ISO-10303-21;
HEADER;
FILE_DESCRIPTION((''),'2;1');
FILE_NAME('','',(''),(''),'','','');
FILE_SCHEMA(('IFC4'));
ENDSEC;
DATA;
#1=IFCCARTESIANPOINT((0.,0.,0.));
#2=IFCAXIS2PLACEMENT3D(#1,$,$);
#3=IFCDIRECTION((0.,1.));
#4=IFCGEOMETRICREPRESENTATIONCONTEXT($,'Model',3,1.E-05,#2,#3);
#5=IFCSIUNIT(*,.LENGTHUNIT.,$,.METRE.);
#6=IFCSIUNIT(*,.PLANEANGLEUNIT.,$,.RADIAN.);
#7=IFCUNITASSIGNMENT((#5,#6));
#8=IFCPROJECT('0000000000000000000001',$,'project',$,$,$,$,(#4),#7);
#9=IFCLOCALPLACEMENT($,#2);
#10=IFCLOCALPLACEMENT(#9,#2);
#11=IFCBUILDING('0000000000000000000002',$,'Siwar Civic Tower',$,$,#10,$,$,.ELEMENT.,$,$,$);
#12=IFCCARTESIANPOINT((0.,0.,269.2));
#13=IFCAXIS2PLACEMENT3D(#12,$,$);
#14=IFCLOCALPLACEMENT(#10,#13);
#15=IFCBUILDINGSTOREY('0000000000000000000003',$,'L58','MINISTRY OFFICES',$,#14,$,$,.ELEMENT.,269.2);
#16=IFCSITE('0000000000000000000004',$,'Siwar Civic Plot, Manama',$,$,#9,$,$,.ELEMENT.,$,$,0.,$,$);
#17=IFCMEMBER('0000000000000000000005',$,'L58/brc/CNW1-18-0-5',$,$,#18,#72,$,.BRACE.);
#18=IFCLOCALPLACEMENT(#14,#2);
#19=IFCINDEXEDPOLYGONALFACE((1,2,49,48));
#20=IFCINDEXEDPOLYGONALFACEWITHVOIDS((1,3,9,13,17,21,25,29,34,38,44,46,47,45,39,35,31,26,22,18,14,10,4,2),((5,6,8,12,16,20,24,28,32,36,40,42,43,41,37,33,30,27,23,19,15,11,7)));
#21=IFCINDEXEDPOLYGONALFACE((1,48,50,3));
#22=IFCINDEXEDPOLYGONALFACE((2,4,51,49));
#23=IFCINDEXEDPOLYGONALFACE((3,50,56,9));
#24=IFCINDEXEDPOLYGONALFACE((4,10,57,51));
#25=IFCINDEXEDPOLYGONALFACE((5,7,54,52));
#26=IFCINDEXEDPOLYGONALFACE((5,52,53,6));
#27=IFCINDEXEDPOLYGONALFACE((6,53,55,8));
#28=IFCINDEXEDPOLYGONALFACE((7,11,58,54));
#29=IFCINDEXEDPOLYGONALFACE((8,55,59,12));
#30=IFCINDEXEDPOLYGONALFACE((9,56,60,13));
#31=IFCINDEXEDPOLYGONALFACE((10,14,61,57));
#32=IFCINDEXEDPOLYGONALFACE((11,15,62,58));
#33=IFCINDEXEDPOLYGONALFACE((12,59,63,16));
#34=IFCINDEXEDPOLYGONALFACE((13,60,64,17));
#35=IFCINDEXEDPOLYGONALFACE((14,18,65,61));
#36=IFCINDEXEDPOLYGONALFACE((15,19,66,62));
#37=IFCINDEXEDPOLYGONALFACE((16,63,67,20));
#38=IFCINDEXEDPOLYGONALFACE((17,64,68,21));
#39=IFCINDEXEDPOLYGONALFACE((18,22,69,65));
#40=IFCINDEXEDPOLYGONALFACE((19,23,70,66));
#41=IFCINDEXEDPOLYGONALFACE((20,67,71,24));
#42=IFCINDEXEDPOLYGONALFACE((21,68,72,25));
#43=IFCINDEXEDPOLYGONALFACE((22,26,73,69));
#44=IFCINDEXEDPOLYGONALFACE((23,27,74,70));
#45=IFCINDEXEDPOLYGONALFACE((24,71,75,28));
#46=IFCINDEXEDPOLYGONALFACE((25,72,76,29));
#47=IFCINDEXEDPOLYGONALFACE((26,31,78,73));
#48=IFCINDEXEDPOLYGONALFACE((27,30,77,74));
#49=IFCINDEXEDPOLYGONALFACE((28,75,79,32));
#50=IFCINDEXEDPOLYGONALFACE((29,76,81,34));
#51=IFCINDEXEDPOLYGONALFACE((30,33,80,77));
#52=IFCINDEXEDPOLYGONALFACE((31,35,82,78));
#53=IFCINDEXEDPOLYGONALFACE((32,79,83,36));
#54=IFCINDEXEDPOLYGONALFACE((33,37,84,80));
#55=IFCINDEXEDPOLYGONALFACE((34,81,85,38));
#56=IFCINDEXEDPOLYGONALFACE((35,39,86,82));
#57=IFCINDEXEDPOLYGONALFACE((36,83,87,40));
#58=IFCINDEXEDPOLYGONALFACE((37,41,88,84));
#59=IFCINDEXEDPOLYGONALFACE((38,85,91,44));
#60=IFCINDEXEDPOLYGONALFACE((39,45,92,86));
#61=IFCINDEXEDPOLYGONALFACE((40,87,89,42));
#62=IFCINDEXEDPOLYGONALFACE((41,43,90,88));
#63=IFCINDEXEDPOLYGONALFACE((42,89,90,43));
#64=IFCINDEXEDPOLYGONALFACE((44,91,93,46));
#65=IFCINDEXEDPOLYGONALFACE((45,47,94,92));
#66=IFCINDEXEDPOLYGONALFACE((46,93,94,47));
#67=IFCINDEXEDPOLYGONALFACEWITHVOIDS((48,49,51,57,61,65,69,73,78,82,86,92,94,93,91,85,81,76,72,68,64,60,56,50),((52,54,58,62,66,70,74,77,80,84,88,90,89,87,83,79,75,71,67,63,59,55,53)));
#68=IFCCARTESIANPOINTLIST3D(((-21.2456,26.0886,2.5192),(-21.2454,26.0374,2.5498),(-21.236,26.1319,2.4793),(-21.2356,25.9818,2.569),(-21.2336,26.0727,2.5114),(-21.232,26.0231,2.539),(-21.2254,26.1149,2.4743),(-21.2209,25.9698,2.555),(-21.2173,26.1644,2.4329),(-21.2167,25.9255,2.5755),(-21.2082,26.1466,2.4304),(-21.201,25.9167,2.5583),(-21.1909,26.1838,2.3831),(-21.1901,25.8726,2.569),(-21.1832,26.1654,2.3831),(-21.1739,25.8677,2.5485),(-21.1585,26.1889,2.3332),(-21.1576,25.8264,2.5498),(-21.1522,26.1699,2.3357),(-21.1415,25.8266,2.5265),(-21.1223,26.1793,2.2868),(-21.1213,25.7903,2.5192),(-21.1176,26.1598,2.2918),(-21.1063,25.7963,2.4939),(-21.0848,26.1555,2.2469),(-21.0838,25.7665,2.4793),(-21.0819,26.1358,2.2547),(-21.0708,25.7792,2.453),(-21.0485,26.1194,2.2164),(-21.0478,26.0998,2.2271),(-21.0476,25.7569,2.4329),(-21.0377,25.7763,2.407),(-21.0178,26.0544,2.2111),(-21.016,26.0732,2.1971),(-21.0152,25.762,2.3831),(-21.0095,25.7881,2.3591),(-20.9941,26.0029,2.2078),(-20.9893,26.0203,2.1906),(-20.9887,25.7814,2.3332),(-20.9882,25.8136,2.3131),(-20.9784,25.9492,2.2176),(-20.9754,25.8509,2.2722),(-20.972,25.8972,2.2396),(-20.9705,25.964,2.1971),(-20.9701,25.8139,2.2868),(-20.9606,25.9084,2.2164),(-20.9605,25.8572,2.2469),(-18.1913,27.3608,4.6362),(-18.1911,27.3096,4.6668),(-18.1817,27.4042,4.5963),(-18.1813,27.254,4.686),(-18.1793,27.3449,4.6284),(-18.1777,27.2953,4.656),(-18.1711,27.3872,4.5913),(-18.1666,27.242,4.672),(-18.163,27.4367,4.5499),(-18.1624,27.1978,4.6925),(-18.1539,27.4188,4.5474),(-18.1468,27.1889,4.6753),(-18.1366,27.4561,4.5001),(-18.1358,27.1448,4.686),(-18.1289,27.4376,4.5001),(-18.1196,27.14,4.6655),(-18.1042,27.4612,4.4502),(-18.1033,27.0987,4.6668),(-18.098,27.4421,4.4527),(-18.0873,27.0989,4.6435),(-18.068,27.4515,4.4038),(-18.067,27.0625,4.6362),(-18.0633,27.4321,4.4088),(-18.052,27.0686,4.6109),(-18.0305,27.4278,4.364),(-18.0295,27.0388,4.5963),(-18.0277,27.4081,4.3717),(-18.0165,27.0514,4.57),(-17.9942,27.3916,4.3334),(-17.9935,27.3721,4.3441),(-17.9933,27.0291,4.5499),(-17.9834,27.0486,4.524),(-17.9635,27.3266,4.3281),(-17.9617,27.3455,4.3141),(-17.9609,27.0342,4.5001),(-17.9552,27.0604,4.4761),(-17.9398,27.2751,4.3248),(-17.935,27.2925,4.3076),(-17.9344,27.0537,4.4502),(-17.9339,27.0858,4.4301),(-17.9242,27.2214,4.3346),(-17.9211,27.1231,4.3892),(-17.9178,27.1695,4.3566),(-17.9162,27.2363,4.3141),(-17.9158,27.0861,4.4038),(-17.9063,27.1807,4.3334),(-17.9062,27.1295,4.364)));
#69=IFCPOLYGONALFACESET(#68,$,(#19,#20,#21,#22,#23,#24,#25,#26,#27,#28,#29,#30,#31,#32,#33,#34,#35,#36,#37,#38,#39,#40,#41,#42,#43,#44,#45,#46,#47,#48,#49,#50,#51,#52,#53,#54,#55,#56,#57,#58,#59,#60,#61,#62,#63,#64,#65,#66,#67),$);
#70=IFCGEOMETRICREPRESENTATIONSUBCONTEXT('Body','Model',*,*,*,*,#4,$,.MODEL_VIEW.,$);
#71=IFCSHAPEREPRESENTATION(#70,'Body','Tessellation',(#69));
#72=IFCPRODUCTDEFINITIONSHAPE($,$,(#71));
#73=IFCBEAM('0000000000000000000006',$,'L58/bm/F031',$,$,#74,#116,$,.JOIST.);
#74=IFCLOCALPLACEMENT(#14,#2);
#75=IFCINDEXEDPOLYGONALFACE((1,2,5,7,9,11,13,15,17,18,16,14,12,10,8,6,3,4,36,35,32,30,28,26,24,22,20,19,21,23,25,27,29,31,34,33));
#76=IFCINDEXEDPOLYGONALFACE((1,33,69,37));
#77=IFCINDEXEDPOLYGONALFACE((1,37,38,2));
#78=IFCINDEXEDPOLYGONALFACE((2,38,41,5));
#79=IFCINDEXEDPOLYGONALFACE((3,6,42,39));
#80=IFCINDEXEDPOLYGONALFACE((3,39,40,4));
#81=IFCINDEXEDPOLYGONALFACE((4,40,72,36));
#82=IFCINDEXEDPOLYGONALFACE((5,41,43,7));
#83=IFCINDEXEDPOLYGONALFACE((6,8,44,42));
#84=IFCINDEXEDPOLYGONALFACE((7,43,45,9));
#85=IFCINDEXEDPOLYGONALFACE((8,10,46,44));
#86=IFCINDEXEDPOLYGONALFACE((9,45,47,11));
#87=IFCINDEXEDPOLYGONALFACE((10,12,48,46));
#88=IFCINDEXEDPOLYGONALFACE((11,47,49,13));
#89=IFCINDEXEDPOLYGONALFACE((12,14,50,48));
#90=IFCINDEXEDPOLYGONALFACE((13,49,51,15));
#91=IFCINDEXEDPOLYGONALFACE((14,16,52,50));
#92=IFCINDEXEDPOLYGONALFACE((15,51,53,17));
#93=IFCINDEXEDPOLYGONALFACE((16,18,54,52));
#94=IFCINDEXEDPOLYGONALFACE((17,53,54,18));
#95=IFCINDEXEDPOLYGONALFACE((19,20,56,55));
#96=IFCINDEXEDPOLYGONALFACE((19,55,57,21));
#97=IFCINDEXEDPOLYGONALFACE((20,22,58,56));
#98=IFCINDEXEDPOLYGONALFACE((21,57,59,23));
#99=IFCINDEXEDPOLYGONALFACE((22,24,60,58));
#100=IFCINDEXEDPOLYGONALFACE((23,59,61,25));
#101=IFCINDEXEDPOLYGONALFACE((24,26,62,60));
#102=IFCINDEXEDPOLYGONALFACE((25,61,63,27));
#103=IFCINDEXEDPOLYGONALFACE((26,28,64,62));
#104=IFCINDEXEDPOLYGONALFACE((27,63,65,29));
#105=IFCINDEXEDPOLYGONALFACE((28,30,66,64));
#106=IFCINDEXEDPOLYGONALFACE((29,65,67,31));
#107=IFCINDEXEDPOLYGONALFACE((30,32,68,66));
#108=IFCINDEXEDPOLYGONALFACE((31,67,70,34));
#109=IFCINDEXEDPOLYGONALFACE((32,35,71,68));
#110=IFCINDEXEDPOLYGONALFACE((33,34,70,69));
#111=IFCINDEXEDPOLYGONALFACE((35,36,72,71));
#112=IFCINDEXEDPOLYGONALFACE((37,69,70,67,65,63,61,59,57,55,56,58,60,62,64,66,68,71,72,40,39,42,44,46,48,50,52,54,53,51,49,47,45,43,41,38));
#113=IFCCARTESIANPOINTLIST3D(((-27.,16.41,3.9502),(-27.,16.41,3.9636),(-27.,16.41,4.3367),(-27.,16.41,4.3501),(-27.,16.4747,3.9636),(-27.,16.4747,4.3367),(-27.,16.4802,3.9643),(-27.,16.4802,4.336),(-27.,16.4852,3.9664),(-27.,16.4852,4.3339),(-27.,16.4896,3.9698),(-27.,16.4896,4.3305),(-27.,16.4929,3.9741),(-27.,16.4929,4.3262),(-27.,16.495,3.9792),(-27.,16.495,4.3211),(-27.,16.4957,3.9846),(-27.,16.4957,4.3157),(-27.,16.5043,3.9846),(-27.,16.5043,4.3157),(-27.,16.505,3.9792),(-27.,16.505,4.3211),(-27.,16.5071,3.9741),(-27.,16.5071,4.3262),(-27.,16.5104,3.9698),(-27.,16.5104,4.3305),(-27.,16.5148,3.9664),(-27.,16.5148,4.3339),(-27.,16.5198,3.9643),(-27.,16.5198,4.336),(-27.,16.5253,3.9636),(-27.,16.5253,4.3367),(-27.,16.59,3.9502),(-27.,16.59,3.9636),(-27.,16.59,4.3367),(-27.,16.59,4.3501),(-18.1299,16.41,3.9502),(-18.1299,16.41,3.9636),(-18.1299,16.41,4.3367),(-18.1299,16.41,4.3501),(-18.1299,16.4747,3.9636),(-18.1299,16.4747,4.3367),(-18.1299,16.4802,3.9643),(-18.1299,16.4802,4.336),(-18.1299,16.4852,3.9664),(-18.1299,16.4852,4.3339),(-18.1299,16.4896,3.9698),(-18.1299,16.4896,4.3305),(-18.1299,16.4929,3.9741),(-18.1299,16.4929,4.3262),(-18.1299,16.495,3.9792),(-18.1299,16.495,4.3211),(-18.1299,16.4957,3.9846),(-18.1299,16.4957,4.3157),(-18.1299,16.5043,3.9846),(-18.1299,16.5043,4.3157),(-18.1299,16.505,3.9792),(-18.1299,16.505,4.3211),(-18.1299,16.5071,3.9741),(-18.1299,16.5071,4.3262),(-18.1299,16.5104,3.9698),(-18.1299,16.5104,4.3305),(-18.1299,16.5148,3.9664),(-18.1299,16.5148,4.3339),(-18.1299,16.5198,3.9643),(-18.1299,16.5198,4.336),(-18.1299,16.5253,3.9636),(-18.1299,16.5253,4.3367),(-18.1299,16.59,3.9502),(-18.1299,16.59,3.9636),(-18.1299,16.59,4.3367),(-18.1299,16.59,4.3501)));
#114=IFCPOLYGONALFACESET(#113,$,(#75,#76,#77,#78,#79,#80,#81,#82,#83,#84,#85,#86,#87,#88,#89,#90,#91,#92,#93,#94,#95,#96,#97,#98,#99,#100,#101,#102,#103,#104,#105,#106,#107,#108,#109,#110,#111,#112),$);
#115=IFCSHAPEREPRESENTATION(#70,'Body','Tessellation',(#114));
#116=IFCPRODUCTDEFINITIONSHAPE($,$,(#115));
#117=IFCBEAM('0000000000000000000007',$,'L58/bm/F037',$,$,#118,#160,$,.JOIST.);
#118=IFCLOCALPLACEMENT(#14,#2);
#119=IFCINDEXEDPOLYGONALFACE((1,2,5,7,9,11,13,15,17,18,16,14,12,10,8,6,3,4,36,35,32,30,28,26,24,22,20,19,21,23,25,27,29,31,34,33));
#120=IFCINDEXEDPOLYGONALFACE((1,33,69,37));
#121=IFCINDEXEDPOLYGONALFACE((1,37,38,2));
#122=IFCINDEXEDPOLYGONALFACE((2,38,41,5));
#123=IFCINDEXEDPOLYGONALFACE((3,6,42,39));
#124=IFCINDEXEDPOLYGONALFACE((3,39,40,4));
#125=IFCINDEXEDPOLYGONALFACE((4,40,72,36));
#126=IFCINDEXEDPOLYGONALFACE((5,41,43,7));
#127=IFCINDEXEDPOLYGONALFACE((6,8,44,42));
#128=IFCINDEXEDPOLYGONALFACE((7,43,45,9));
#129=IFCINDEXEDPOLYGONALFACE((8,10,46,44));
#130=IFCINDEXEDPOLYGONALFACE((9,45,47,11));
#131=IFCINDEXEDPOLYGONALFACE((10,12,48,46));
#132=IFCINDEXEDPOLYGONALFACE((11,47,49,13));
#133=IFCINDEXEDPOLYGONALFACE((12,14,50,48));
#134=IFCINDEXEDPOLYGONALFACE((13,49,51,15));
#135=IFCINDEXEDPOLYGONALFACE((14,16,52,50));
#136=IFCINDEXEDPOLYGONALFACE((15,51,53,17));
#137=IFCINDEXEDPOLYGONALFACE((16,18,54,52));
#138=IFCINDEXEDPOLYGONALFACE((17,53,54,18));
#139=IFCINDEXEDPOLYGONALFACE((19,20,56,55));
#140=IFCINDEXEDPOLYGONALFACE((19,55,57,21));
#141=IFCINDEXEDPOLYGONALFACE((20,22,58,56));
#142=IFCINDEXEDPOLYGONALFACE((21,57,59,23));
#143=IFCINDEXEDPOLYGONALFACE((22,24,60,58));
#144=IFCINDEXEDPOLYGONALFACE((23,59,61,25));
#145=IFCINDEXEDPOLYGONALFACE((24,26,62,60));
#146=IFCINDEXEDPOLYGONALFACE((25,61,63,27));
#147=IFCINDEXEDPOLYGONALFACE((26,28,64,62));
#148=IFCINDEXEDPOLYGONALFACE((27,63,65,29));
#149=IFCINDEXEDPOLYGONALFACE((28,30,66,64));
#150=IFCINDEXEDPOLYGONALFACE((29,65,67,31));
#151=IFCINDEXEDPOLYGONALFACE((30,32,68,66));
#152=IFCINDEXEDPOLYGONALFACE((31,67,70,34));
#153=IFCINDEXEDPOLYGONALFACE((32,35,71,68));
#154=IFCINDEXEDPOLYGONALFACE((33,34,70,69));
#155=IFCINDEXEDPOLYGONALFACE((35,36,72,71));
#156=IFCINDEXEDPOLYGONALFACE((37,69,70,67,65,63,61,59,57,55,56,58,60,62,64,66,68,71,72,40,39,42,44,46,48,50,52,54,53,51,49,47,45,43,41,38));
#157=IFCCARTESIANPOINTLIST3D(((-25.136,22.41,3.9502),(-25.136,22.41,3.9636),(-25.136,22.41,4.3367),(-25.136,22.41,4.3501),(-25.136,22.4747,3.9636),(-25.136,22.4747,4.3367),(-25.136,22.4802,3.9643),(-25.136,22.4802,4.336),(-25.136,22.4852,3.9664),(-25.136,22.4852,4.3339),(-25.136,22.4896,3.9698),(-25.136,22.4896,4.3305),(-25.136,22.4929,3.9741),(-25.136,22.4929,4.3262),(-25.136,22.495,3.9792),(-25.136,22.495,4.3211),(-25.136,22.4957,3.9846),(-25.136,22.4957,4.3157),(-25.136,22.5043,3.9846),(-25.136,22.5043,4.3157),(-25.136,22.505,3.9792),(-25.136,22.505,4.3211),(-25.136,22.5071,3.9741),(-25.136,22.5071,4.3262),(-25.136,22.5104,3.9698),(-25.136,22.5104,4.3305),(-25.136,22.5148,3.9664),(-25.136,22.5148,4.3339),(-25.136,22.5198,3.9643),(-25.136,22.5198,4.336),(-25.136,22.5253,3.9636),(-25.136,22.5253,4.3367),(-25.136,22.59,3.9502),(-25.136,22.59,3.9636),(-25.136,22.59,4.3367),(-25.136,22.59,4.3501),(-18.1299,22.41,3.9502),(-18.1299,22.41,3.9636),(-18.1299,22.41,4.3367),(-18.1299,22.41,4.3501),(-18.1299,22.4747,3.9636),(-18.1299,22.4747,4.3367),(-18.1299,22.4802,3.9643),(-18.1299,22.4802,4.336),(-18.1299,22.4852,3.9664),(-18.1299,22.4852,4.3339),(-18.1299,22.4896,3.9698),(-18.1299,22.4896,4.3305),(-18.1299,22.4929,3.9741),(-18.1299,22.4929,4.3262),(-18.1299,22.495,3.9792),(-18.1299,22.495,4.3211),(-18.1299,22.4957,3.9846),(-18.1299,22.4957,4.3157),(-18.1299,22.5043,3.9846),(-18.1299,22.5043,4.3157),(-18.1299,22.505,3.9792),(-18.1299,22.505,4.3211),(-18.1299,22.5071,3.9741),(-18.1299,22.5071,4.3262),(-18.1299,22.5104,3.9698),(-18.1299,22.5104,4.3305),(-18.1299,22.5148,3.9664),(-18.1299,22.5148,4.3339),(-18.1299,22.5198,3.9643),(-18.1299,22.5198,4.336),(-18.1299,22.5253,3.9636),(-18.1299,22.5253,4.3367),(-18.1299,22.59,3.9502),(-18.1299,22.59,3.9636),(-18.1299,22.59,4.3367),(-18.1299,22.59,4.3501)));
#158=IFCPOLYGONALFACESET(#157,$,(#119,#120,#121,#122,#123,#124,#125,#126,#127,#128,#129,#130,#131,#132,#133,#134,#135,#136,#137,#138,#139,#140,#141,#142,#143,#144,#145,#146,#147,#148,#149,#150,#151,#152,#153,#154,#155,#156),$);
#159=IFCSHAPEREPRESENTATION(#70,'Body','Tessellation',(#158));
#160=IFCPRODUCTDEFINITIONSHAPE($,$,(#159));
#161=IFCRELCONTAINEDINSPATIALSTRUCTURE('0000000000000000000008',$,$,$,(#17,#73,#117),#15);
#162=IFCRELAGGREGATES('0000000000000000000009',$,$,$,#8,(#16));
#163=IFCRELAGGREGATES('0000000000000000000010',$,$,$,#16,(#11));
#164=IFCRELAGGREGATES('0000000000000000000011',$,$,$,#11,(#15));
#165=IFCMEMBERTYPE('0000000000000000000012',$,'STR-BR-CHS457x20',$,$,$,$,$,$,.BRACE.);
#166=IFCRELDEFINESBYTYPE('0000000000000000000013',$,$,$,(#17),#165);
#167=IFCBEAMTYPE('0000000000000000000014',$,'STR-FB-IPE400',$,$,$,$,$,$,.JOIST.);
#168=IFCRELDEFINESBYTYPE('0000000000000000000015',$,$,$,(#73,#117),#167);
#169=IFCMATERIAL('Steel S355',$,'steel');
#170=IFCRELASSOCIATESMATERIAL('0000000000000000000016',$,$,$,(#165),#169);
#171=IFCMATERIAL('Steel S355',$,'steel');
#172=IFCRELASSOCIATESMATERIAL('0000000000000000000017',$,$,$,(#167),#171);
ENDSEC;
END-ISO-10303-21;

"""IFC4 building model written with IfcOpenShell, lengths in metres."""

from ifc_helpers import new_model, si_unit, direction, frame, origin, origin_2d, place, context, subcontext, project, spatial, hollow_circle, i_section, extrude, material, material_profile, profile_set, type_object, element, save


model = new_model("IFC4")

# Units and contexts
model_context = context("Model", 3, precision=1e-05, world=origin(), true_north=direction((0.0, 1.0)))
body_context = subcontext(model_context, "Body", "Model", "MODEL_VIEW")
ifc_project = project(units=[si_unit("LENGTHUNIT", "METRE"), si_unit("PLANEANGLEUNIT", "RADIAN")], contexts=[model_context])

# Site, building, storey
site_placement = place(None, origin())
site = spatial("IfcSite", under=ifc_project, at=site_placement, Name="Siwar Civic Plot, Manama", CompositionType="ELEMENT", RefElevation=0.0)
building_placement = place(site_placement, origin())
building = spatial("IfcBuilding", under=site, at=building_placement, Name="Siwar Civic Tower", CompositionType="ELEMENT")
storey_placement = place(building_placement, frame((0.0, 0.0, 269.2)))
storey = spatial("IfcBuildingStorey", under=building, at=storey_placement, Name="L58", Description="MINISTRY OFFICES", CompositionType="ELEMENT", Elevation=269.2)

# Member
ifc_material_1 = material(Name="Steel S355", Category="steel")
ifc_material_profile_1 = material_profile(ifc_material_1, hollow_circle(Radius=0.2285, WallThickness=0.02, at=origin_2d()), Name="CHS457x20")
ifc_profile_set_1 = profile_set([ifc_material_profile_1], Name="Steel S355")
member_type_1 = type_object("IfcMemberType", Name="STR-BR-CHS457x20", PredefinedType="BRACE", material=ifc_profile_set_1)
for number, where, z_axis, x_axis, name in (
    (1, (-21.103, 25.9729, 2.3831), (0.777572, 0.323895, 0.538955), (-0.384521, 0.923116, 0.0), "L58/brc/CNW1-18-0-5"),
):
    element("IfcMember", number, at=place(storey_placement, frame(where, z_axis=z_axis, x_axis=x_axis)), inside=storey, type_object=member_type_1, Name=name, PredefinedType="BRACE", context=body_context, shape_type="SweptSolid", body=[
        extrude(hollow_circle(Radius=0.2285, WallThickness=0.02, at=origin_2d()), origin(), (0.0, 0.0, 1.0), 3.928),
    ])

# Beams
ifc_material_2 = material(Name="Steel S355", Category="steel")
ifc_material_profile_2 = material_profile(ifc_material_2, i_section(OverallWidth=0.1799, OverallDepth=0.3999, WebThickness=0.0085, FlangeThickness=0.0134, FilletRadius=0.021, at=origin_2d()), Name="IPE400")
ifc_profile_set_2 = profile_set([ifc_material_profile_2], Name="Steel S355")
beam_type_1 = type_object("IfcBeamType", Name="STR-FB-IPE400", PredefinedType="JOIST", material=ifc_profile_set_2)
beam_1_placement = place(storey_placement, frame((-27.0, 16.5, 4.1501), z_axis=(1.0, 0.0, 0.0), x_axis=(0.0, 1.0, 0.0)))
element("IfcBeam", 2, at=beam_1_placement, inside=storey, type_object=beam_type_1, Name="L58/bm/F031", PredefinedType="JOIST", context=body_context, shape_type="SweptSolid", body=[
    extrude(i_section(OverallWidth=0.1799, OverallDepth=0.3999, WebThickness=0.0085, FlangeThickness=0.0134, FilletRadius=0.021, at=origin_2d()), origin(), (0.0, 0.0, 1.0), 8.8701),
])
beam_2_placement = place(storey_placement, frame((-25.136, 22.5, 4.1501), z_axis=(1.0, 0.0, 0.0), x_axis=(0.0, 1.0, 0.0)))
element("IfcBeam", 3, at=beam_2_placement, inside=storey, type_object=beam_type_1, Name="L58/bm/F037", PredefinedType="JOIST", context=body_context, shape_type="SweptSolid", body=[
    extrude(i_section(OverallWidth=0.1799, OverallDepth=0.3999, WebThickness=0.0085, FlangeThickness=0.0134, FilletRadius=0.021, at=origin_2d()), origin(), (0.0, 0.0, 1.0), 7.0061),
])

save(model, "model.ifc")
